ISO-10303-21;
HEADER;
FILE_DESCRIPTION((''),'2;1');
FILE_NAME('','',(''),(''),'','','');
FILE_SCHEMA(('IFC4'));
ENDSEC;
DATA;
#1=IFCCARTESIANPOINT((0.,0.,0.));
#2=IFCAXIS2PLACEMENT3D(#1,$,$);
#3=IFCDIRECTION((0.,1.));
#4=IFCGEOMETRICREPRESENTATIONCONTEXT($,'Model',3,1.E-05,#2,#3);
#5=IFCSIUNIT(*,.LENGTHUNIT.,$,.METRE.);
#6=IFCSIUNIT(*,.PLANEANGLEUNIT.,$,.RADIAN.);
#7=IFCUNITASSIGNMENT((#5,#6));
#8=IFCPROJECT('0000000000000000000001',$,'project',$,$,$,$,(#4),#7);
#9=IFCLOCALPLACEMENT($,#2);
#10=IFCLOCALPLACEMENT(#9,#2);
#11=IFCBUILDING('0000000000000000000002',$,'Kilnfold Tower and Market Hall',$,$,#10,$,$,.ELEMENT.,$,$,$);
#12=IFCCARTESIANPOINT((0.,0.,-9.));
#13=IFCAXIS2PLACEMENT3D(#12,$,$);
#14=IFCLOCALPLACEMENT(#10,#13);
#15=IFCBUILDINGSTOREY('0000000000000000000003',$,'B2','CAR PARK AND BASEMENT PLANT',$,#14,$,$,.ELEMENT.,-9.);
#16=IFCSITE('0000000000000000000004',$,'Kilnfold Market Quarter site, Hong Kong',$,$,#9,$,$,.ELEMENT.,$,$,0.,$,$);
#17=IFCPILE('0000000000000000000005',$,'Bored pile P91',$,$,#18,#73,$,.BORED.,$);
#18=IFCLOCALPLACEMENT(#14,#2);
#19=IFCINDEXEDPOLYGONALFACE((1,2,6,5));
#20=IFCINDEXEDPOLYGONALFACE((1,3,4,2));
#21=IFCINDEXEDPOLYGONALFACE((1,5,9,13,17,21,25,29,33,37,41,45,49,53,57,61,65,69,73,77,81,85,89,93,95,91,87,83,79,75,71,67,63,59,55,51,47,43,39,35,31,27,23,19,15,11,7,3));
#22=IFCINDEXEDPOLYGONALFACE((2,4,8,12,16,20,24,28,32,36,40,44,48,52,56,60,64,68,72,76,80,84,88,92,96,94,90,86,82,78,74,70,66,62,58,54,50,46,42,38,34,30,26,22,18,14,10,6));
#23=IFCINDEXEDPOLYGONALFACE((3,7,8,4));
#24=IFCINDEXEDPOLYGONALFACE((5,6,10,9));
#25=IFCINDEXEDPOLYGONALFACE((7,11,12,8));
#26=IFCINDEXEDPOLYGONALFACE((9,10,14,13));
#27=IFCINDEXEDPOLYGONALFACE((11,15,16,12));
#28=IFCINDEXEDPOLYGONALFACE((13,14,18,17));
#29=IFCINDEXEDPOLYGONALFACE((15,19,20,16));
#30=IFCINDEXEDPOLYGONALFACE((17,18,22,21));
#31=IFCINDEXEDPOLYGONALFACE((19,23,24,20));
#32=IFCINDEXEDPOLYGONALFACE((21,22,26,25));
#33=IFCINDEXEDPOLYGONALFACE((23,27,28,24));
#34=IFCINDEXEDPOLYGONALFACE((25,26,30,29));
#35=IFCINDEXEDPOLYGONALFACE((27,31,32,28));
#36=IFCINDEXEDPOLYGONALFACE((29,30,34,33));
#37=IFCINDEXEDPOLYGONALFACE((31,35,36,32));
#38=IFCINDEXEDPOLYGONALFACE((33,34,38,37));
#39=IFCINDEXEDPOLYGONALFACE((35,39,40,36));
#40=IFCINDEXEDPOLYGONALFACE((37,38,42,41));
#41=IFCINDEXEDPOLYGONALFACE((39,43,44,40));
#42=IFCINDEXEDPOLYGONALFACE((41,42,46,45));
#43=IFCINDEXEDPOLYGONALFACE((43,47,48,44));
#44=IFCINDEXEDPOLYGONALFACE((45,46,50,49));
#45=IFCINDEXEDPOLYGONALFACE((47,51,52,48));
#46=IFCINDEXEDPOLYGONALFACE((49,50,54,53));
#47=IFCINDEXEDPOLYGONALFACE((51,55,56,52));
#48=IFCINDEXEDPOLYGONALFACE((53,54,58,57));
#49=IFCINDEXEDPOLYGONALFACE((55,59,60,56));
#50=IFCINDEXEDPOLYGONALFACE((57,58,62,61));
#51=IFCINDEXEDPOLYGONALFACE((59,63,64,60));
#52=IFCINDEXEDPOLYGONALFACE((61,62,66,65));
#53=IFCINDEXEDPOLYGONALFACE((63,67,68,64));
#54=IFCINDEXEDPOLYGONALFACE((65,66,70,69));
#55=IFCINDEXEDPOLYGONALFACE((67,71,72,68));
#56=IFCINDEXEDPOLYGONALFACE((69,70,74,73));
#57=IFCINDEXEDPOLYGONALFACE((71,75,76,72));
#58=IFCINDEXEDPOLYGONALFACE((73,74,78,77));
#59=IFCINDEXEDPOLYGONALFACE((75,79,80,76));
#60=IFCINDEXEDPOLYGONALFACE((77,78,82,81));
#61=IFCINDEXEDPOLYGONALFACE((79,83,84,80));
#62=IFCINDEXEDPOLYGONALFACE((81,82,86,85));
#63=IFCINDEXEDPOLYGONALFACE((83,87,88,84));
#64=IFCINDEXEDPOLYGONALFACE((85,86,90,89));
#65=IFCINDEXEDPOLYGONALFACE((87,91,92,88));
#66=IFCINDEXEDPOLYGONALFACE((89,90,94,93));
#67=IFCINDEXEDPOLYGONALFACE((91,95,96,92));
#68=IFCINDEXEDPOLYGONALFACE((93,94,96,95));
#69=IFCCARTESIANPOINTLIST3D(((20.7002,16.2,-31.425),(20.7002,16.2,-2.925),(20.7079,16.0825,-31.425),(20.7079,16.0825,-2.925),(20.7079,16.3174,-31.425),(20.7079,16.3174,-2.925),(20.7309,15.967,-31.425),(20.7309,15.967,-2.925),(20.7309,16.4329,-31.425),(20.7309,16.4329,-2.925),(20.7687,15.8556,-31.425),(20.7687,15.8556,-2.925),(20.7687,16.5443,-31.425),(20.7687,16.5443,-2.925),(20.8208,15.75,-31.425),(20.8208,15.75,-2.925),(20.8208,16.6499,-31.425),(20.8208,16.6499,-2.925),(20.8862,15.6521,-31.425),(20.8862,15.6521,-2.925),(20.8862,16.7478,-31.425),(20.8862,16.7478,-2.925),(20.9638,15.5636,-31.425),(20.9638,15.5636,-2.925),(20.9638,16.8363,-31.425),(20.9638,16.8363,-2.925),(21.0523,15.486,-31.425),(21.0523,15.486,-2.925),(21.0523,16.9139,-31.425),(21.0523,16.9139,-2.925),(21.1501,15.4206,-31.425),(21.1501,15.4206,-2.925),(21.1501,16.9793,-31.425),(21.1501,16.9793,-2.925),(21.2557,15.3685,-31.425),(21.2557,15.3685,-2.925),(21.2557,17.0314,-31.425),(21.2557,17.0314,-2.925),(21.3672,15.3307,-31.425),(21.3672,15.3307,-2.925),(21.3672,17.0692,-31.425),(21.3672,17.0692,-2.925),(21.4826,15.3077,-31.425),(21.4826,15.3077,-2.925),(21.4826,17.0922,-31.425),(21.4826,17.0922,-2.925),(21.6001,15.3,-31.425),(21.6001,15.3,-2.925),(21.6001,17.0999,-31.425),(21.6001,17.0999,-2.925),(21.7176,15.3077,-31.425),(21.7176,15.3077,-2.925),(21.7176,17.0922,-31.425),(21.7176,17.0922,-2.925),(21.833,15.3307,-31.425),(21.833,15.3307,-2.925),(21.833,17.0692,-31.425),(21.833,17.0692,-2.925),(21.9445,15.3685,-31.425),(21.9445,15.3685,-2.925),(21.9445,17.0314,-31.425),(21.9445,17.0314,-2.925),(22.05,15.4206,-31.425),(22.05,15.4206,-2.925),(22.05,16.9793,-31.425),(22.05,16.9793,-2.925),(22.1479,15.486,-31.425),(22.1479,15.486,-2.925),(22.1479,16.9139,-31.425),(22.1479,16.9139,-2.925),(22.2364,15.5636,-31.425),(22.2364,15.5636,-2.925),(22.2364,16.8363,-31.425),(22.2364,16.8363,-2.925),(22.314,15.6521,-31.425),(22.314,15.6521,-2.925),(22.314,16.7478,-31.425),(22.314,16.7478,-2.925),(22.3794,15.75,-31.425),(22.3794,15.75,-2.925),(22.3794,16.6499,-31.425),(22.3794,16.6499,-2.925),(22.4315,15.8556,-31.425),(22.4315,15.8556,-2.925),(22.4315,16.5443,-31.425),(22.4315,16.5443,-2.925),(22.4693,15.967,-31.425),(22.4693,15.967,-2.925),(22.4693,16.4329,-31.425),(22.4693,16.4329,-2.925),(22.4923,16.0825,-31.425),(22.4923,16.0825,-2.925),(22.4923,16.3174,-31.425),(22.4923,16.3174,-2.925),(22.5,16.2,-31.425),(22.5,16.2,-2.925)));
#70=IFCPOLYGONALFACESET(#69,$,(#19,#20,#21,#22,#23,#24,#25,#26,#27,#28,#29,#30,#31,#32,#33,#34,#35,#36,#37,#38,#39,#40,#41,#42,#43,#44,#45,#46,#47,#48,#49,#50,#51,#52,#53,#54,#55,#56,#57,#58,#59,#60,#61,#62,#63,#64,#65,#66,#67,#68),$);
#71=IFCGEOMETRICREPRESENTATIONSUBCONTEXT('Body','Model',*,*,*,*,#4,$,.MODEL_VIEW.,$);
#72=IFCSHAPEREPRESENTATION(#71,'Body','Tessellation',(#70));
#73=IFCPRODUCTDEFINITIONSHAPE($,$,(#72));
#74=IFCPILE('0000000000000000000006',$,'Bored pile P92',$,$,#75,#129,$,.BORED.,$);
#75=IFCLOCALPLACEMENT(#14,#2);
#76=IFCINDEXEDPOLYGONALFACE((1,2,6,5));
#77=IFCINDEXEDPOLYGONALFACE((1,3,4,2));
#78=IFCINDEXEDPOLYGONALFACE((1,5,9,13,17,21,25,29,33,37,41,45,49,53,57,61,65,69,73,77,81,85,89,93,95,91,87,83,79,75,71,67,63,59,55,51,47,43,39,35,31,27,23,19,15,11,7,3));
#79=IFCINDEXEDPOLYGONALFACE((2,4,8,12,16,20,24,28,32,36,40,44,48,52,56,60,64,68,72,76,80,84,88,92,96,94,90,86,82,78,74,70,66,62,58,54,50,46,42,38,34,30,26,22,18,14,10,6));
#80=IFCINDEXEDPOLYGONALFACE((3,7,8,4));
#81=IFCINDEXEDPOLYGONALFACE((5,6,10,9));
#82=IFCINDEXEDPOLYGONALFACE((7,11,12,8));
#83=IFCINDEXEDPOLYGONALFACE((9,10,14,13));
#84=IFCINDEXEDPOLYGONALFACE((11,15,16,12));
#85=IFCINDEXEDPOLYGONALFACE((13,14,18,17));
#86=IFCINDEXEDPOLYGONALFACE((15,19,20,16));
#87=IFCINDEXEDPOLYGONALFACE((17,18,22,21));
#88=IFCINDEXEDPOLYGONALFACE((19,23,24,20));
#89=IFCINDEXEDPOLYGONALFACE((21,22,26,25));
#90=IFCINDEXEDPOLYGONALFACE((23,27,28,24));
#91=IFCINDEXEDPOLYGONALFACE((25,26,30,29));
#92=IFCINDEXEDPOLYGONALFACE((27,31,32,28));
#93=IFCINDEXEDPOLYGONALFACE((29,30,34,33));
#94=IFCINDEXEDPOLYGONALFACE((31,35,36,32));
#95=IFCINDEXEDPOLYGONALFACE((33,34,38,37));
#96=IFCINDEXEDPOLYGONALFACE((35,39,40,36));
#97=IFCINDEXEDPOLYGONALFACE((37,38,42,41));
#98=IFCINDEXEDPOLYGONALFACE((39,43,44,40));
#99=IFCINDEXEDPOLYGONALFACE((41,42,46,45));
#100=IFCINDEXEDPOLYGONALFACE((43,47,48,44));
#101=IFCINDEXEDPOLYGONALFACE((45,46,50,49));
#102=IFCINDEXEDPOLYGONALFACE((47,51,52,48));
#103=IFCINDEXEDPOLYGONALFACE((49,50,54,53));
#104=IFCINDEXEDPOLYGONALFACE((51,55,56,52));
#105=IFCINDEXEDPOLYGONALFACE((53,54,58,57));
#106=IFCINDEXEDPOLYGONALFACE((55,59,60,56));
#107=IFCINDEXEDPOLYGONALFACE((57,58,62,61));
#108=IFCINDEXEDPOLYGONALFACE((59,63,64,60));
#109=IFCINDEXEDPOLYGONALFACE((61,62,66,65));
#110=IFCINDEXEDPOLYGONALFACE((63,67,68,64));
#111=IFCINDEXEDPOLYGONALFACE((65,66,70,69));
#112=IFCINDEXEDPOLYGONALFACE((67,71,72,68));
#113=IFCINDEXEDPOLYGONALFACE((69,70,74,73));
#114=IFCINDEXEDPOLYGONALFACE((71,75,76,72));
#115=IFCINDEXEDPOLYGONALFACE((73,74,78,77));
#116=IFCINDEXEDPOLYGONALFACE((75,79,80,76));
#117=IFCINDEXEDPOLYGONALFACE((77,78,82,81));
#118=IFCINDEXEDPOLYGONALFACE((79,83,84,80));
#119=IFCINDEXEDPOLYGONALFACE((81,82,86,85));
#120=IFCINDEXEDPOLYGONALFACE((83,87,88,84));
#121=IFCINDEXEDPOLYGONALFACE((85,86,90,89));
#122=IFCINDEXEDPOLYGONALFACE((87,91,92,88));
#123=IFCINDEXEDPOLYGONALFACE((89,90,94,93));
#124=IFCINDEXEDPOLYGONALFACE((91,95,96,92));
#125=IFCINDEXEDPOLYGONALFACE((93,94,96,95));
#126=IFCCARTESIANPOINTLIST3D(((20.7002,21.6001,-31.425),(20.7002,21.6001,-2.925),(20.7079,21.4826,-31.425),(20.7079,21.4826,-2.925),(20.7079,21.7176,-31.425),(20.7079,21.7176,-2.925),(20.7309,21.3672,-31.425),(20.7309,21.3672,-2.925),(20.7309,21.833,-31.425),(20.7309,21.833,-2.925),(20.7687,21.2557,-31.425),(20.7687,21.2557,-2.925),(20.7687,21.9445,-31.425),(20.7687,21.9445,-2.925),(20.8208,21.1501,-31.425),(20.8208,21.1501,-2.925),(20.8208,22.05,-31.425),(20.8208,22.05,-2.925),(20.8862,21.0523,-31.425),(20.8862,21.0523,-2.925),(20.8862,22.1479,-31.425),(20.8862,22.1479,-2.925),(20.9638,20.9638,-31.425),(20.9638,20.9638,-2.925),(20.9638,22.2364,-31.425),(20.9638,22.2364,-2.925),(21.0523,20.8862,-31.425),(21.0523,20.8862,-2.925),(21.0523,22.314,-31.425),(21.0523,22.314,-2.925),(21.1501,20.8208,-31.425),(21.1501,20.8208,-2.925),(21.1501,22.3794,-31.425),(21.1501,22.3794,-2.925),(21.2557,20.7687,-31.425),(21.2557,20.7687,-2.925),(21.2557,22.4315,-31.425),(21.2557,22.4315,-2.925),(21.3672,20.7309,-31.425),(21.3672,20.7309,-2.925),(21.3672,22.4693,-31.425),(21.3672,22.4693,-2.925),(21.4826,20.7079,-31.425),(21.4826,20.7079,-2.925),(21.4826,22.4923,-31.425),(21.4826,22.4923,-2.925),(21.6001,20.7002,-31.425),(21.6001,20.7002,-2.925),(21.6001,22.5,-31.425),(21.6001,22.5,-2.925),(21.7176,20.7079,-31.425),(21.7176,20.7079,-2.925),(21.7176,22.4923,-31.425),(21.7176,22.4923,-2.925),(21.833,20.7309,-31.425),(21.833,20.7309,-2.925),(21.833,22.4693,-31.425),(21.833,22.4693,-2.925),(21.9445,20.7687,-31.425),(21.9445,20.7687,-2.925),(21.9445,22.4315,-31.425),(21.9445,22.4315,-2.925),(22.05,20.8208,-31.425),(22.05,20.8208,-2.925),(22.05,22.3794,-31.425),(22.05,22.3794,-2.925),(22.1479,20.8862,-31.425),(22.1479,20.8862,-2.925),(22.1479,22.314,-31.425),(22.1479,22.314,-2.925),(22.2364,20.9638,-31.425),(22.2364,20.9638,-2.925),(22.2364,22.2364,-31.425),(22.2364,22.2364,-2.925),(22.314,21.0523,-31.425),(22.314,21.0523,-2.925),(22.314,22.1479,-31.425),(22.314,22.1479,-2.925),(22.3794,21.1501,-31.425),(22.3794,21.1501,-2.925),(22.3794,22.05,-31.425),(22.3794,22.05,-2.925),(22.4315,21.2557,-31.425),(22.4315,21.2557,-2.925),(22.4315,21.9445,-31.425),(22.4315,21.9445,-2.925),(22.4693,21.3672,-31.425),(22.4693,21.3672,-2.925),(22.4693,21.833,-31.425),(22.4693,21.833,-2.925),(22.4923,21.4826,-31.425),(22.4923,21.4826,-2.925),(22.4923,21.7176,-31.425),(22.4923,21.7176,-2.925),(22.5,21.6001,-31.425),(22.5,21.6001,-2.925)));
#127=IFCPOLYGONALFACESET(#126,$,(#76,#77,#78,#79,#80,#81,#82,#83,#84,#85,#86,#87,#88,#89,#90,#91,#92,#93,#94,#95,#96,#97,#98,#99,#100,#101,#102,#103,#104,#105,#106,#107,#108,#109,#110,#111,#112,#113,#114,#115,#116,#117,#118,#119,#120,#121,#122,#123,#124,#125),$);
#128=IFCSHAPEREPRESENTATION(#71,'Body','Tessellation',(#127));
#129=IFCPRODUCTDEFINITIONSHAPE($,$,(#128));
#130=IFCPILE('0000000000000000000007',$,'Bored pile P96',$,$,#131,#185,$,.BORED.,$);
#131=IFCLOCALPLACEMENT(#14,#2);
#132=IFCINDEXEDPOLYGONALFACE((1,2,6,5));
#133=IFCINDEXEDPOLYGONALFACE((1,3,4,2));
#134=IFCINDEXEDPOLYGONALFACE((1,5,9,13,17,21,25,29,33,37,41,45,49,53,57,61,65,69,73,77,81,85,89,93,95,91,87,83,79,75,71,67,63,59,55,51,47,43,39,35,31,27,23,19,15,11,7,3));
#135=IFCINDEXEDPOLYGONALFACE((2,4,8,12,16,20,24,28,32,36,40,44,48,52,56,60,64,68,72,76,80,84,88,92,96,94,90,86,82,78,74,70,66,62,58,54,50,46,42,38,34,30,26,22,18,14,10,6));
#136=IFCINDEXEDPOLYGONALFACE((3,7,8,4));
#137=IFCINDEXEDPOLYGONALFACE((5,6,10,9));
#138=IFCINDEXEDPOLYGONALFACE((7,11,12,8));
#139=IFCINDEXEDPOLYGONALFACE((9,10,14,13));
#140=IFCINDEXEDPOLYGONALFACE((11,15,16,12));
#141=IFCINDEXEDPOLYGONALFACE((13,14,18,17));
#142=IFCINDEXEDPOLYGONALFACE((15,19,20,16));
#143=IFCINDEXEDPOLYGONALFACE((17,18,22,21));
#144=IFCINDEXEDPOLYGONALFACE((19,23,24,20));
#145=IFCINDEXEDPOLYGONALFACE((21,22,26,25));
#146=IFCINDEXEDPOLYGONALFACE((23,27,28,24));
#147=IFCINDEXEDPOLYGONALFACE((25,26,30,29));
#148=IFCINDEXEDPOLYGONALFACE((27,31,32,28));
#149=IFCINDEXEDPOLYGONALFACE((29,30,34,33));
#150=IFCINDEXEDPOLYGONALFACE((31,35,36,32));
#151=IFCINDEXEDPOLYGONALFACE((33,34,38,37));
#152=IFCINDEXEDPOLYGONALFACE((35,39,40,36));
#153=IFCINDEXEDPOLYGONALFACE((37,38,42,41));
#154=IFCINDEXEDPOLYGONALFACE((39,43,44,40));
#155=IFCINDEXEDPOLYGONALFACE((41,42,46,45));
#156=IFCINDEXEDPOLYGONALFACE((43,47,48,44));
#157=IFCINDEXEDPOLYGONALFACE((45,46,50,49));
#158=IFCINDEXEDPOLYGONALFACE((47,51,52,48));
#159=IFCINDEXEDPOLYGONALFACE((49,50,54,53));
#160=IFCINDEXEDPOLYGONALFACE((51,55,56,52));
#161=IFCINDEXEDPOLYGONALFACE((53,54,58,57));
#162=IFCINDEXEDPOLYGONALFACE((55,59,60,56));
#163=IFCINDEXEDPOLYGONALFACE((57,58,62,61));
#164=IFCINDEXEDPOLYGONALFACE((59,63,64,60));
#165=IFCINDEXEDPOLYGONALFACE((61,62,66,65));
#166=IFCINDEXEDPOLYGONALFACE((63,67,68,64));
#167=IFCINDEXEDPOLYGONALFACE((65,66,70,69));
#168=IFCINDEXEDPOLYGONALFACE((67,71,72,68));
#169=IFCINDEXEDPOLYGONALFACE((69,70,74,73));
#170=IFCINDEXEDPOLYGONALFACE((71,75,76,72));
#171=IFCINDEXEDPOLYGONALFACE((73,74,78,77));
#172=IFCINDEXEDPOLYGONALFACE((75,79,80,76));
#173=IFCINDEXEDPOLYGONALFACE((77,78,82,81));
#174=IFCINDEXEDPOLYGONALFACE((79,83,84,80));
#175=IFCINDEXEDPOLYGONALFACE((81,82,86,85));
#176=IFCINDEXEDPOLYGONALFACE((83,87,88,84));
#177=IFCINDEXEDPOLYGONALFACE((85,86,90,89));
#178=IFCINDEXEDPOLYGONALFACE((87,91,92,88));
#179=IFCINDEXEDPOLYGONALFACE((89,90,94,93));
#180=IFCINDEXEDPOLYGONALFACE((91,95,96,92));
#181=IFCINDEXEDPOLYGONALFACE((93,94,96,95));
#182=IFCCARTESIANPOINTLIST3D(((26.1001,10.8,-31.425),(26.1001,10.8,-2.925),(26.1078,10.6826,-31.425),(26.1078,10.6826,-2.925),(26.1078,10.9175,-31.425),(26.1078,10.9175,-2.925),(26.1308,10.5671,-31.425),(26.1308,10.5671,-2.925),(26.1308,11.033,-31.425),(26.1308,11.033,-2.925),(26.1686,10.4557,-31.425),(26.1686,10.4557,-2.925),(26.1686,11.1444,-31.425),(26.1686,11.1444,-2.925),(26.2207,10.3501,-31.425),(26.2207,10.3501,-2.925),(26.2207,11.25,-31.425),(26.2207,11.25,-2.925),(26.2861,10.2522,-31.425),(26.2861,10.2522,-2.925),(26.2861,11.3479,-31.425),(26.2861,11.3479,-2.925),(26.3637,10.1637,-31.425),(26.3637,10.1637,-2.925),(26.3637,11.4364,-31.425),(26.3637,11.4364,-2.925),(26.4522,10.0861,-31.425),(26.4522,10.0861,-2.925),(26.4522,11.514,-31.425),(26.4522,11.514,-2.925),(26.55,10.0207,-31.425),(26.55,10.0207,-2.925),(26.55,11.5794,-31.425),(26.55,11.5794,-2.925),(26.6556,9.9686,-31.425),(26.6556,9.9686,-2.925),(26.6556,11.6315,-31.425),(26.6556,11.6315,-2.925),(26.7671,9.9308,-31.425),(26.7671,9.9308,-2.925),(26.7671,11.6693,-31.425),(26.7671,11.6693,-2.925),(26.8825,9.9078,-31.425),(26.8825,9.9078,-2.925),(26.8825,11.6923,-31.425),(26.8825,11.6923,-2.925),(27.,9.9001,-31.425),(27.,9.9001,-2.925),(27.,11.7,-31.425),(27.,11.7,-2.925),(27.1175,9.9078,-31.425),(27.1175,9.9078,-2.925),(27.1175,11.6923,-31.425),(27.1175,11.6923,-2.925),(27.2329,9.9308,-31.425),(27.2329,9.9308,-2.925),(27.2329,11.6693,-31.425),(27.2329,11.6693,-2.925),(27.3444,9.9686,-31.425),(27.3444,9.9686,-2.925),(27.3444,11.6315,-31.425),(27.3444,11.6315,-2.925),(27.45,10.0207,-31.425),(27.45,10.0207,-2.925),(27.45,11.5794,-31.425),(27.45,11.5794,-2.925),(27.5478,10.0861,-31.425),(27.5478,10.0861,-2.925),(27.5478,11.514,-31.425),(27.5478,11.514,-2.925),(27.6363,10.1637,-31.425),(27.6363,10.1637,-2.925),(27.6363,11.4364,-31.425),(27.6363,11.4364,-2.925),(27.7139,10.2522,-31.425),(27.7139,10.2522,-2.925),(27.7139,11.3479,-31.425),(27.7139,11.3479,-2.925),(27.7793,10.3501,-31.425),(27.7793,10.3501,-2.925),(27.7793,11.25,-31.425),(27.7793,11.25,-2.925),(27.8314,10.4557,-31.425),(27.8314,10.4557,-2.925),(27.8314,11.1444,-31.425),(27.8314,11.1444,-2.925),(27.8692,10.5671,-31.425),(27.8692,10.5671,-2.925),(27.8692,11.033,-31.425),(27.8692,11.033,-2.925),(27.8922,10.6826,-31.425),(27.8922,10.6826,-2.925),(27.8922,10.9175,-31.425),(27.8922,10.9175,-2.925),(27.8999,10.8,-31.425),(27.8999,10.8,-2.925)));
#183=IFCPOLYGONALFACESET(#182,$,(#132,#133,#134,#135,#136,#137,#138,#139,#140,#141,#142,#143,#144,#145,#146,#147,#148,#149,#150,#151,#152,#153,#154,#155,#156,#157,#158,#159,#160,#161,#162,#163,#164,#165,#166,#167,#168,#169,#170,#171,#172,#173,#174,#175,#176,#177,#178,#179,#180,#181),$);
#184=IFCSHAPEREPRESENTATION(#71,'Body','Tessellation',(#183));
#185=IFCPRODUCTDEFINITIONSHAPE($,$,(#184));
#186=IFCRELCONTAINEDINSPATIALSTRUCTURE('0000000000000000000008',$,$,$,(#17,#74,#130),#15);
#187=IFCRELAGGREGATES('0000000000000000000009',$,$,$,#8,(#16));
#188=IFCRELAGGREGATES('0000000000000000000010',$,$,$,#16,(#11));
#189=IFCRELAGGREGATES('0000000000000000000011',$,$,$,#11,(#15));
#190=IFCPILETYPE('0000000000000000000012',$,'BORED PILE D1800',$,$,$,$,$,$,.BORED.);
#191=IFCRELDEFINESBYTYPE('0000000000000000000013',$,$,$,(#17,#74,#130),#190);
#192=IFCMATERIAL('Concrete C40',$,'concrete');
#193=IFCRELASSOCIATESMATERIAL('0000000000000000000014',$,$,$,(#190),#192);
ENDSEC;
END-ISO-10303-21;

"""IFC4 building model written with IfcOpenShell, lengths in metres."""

from ifc_helpers import new_model, si_unit, direction, frame, origin, origin_2d, place, context, subcontext, project, spatial, circle, extrude, source, transform, mapped, material, material_profile, profile_set, type_object, element, save


model = new_model("IFC4")

# Units and contexts
model_context = context("Model", 3, precision=1e-05, world=origin(), true_north=direction((0.0, 1.0)))
body_context = subcontext(model_context, "Body", "Model", "MODEL_VIEW")
ifc_project = project(units=[si_unit("LENGTHUNIT", "METRE"), si_unit("PLANEANGLEUNIT", "RADIAN")], contexts=[model_context])

# Site, building, storey
site_placement = place(None, origin())
site = spatial("IfcSite", under=ifc_project, at=site_placement, Name="Kilnfold Market Quarter site, Hong Kong", CompositionType="ELEMENT", RefElevation=0.0)
building_placement = place(site_placement, origin())
building = spatial("IfcBuilding", under=site, at=building_placement, Name="Kilnfold Tower and Market Hall", CompositionType="ELEMENT")
storey_placement = place(building_placement, frame((0.0, 0.0, -9.0)))
storey = spatial("IfcBuildingStorey", under=building, at=storey_placement, Name="B2", Description="CAR PARK AND BASEMENT PLANT", CompositionType="ELEMENT", Elevation=-9.0)

# Piles
ifc_material_1 = material(Name="Concrete C40", Category="concrete")
ifc_material_profile_1 = material_profile(ifc_material_1, circle(Radius=0.8999, at=origin_2d()), Name="RC D1800")
ifc_profile_set_1 = profile_set([ifc_material_profile_1], Name="Concrete C40")
pile_type_1 = type_object("IfcPileType", Name="BORED PILE D1800", PredefinedType="BORED", material=ifc_profile_set_1)
shared_shape_1 = source(origin(), body_context, "Body", "SweptSolid", [
    extrude(circle(Radius=0.8999, at=origin_2d()), origin(), (0.0, 0.0, 1.0), 28.5),
])
for number, where, z_axis, x_axis, name in (
    (1, (21.6001, 16.2, -2.925), (0.0, 0.0, -1.0), (1.0, 0.0, 0.0), "Bored pile P91"),
    (2, (21.6001, 21.6001, -2.925), (0.0, 0.0, -1.0), (1.0, 0.0, 0.0), "Bored pile P92"),
    (3, (27.0, 10.8, -2.925), (0.0, 0.0, -1.0), (1.0, 0.0, 0.0), "Bored pile P96"),
):
    element("IfcPile", number, at=place(storey_placement, frame(where, z_axis=z_axis, x_axis=x_axis)), inside=storey, type_object=pile_type_1, Name=name, PredefinedType="BORED", context=body_context, shape_type="MappedRepresentation", body=[
        mapped(shared_shape_1, transform((0.0, 0.0, 0.0))),
    ])

save(model, "model.ifc")
